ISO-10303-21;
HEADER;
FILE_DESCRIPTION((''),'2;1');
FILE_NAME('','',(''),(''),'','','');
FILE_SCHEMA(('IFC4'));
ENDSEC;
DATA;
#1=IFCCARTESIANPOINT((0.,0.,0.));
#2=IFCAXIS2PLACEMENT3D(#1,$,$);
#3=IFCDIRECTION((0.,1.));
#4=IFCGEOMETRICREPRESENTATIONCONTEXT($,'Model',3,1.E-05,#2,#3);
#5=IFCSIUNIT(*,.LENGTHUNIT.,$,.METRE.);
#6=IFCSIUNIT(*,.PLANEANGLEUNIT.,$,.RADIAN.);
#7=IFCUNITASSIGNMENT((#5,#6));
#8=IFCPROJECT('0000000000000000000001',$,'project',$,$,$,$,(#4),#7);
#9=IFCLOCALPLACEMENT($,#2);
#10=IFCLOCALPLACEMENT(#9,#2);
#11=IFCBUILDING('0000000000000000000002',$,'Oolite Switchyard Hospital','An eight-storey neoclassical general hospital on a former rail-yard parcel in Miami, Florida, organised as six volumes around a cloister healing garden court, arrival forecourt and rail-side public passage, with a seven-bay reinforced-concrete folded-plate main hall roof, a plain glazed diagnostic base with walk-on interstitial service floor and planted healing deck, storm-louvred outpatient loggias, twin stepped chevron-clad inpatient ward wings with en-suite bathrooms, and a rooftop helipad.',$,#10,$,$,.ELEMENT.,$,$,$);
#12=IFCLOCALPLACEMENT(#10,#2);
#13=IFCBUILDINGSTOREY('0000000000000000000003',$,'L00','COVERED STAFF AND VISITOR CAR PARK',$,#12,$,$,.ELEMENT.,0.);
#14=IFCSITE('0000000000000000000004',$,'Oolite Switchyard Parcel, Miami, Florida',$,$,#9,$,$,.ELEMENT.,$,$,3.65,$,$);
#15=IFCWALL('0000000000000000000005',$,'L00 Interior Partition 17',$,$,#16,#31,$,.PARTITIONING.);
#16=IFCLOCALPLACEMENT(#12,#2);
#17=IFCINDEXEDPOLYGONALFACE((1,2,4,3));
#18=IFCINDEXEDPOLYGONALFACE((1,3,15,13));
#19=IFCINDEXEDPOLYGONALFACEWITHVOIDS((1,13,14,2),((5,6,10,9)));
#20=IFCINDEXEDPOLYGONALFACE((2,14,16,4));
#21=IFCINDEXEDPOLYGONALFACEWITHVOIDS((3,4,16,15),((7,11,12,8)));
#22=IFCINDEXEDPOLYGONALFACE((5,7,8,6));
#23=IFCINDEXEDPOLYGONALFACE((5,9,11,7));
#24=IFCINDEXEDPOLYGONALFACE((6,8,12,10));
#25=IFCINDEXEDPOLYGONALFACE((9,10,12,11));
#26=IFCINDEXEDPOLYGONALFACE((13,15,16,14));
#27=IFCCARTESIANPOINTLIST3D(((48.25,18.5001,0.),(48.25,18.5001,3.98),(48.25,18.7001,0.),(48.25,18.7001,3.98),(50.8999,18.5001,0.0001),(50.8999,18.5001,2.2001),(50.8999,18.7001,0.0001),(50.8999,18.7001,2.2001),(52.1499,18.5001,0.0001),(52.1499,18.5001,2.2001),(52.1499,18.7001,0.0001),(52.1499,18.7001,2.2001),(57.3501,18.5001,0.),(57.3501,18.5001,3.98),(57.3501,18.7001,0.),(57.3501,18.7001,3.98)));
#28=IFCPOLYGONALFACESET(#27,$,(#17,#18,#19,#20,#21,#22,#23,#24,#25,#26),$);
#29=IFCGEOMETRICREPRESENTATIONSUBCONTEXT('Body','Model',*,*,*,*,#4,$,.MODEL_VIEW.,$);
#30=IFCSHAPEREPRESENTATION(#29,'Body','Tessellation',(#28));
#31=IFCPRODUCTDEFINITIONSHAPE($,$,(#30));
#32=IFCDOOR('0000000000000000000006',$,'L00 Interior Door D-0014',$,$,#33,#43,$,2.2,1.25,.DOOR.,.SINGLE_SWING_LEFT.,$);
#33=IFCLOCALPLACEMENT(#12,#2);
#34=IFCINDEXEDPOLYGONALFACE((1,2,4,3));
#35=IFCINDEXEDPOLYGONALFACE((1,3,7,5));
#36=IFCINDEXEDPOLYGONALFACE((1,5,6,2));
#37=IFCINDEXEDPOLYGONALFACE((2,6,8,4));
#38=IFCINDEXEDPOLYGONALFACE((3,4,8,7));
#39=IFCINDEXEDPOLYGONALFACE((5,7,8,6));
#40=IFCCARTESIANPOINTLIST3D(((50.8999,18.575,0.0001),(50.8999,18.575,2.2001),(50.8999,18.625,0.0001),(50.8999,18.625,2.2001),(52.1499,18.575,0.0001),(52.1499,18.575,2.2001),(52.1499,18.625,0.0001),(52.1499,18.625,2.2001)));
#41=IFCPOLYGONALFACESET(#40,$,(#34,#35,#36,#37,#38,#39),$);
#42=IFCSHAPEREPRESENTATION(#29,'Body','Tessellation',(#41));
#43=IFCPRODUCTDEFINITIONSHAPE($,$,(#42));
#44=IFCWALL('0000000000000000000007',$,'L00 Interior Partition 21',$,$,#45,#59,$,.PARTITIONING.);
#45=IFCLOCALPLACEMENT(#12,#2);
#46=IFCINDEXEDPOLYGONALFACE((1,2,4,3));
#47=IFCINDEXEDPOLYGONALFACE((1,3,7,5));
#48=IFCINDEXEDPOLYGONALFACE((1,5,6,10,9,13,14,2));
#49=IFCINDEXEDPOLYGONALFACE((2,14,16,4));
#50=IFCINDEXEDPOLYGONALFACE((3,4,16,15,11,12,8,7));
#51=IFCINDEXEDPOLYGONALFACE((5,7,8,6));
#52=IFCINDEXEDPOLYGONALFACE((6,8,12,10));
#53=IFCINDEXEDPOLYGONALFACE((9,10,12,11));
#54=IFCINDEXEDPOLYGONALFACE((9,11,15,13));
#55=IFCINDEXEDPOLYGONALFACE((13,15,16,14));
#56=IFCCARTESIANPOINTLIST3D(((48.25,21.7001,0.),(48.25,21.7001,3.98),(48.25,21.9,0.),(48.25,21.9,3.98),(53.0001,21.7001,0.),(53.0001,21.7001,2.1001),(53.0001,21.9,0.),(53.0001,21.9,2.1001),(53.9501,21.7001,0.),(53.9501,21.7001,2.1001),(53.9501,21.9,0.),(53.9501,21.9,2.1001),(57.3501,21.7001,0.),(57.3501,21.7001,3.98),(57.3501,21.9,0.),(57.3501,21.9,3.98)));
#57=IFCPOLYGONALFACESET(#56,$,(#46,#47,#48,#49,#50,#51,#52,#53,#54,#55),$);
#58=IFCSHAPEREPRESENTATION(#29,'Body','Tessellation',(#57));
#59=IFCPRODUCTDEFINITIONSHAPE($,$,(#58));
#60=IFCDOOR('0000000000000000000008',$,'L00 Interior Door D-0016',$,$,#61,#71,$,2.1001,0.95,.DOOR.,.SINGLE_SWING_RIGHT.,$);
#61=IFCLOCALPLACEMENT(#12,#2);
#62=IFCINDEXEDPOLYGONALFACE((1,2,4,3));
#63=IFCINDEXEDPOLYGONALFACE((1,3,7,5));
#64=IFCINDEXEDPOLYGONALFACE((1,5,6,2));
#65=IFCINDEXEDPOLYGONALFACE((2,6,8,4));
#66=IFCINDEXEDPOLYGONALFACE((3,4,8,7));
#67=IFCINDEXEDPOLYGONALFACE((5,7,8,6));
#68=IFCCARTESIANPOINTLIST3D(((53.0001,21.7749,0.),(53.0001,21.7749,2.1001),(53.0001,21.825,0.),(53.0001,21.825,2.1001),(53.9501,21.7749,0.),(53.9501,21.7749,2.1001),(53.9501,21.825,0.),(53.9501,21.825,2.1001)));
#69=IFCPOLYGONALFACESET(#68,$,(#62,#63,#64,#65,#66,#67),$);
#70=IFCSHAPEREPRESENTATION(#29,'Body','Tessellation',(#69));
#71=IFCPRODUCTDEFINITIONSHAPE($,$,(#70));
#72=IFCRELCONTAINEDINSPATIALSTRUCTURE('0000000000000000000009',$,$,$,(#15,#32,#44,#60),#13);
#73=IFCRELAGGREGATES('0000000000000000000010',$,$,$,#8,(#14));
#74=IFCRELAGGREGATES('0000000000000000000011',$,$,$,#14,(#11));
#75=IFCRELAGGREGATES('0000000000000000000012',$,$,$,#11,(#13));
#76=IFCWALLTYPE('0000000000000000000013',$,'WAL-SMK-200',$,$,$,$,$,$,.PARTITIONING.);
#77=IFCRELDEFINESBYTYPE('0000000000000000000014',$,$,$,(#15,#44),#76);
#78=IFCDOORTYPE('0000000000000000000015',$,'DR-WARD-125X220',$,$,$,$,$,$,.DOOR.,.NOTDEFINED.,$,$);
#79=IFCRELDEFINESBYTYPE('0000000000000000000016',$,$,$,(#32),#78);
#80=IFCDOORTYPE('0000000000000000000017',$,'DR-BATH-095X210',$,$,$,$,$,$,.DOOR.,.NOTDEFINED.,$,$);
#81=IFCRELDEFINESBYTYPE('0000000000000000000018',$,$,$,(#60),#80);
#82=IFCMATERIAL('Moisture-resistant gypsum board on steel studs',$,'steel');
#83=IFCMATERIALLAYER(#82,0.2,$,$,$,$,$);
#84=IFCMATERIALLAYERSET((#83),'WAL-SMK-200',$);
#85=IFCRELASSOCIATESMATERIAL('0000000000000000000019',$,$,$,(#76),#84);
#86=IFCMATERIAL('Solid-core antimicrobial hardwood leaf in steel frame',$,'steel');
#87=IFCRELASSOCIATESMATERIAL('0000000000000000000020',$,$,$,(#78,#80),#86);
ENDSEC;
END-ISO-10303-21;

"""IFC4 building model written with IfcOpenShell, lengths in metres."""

from ifc_helpers import new_model, si_unit, direction, frame, frame_2d, origin, place, context, subcontext, project, spatial, rectangle, extrude, material, layer, layer_set, type_object, element, fill, save


model = new_model("IFC4")

# Units and contexts
model_context = context("Model", 3, precision=1e-05, world=origin(), true_north=direction((0.0, 1.0)))
body_context = subcontext(model_context, "Body", "Model", "MODEL_VIEW")
ifc_project = project(units=[si_unit("LENGTHUNIT", "METRE"), si_unit("PLANEANGLEUNIT", "RADIAN")], contexts=[model_context])

# Site, building, storey
site_placement = place(None, origin())
site = spatial("IfcSite", under=ifc_project, at=site_placement, Name="Oolite Switchyard Parcel, Miami, Florida", CompositionType="ELEMENT", RefElevation=3.65)
building_placement = place(site_placement, origin())
building = spatial("IfcBuilding", under=site, at=building_placement, Name="Oolite Switchyard Hospital", Description="An eight-storey neoclassical general hospital on a former rail-yard parcel in Miami, Florida, organised as six volumes around a cloister healing garden court, arrival forecourt and rail-side public passage, with a seven-bay reinforced-concrete folded-plate main hall roof, a plain glazed diagnostic base with walk-on interstitial service floor and planted healing deck, storm-louvred outpatient loggias, twin stepped chevron-clad inpatient ward wings with en-suite bathrooms, and a rooftop helipad.", CompositionType="ELEMENT")
storey_placement = place(building_placement, origin())
storey = spatial("IfcBuildingStorey", under=building, at=storey_placement, Name="L00", Description="COVERED STAFF AND VISITOR CAR PARK", CompositionType="ELEMENT", Elevation=0.0)

# Walls, openings, doors
ifc_material_1 = material(Name="Moisture-resistant gypsum board on steel studs", Category="steel")
ifc_layer_1 = layer(ifc_material_1, 0.2)
ifc_layer_set_1 = layer_set([ifc_layer_1], Name="WAL-SMK-200")
wall_type_1 = type_object("IfcWallType", Name="WAL-SMK-200", PredefinedType="PARTITIONING", material=ifc_layer_set_1)
wall_1_placement = place(storey_placement, frame((48.25, 18.6001, 0.0), z_axis=(0.0, 0.0, 1.0), x_axis=(1.0, 0.0, 0.0)))
wall_1 = element("IfcWall", 1, at=wall_1_placement, inside=storey, type_object=wall_type_1, Name="L00 Interior Partition 17", PredefinedType="PARTITIONING", context=body_context, shape_type="SweptSolid", body=[
    extrude(rectangle(XDim=9.1001, YDim=0.2, at=frame_2d((4.55, 0.0))), origin(), (0.0, 0.0, 1.0), 3.98),
])
opening_1_placement = place(wall_1_placement, frame((2.6499, 0.0, 0.0)))
opening_1 = element("IfcOpeningElement", 2, at=opening_1_placement, cuts=wall_1, PredefinedType="OPENING", context=body_context, shape_type="SweptSolid", body=[
    extrude(rectangle(XDim=1.25, YDim=2.2, at=frame_2d((0.625, 1.1001))), frame((0.0, 0.1099, 0.0), z_axis=(0.0, -1.0, 0.0), x_axis=(1.0, 0.0, 0.0)), (0.0, 0.0, 1.0), 0.22),
])
ifc_material_2 = material(Name="Solid-core antimicrobial hardwood leaf in steel frame", Category="steel")
door_type_1 = type_object("IfcDoorType", Name="DR-WARD-125X220", OperationType="NOTDEFINED", PredefinedType="DOOR", material=ifc_material_2)
door_1_placement = place(opening_1_placement, origin())
door_1 = element("IfcDoor", 3, at=door_1_placement, inside=storey, type_object=door_type_1, Name="L00 Interior Door D-0014", OperationType="SINGLE_SWING_LEFT", OverallHeight=2.2, OverallWidth=1.25, PredefinedType="DOOR", context=body_context, shape_type="SweptSolid", body=[
    extrude(rectangle(XDim=1.25, YDim=2.2, at=frame_2d((0.625, 1.1001))), frame((0.0, 0.0249, 0.0), z_axis=(0.0, -1.0, 0.0), x_axis=(1.0, 0.0, 0.0)), (0.0, 0.0, 1.0), 0.05),
])
fill(opening_1, door_1)
wall_2_placement = place(storey_placement, frame((48.25, 21.8, 0.0), z_axis=(0.0, 0.0, 1.0), x_axis=(1.0, 0.0, 0.0)))
wall_2 = element("IfcWall", 4, at=wall_2_placement, inside=storey, type_object=wall_type_1, Name="L00 Interior Partition 21", PredefinedType="PARTITIONING", context=body_context, shape_type="SweptSolid", body=[
    extrude(rectangle(XDim=9.1001, YDim=0.2, at=frame_2d((4.55, 0.0))), origin(), (0.0, 0.0, 1.0), 3.98),
])
opening_2_placement = place(wall_2_placement, frame((4.75, 0.0, 0.0)))
opening_2 = element("IfcOpeningElement", 5, at=opening_2_placement, cuts=wall_2, PredefinedType="OPENING", context=body_context, shape_type="SweptSolid", body=[
    extrude(rectangle(XDim=0.95, YDim=2.1001, at=frame_2d((0.4751, 1.05))), frame((0.0, 0.1099, 0.0), z_axis=(0.0, -1.0, 0.0), x_axis=(1.0, 0.0, 0.0)), (0.0, 0.0, 1.0), 0.22),
])
door_type_2 = type_object("IfcDoorType", Name="DR-BATH-095X210", OperationType="NOTDEFINED", PredefinedType="DOOR", material=ifc_material_2)
door_2_placement = place(opening_2_placement, origin())
door_2 = element("IfcDoor", 6, at=door_2_placement, inside=storey, type_object=door_type_2, Name="L00 Interior Door D-0016", OperationType="SINGLE_SWING_RIGHT", OverallHeight=2.1001, OverallWidth=0.95, PredefinedType="DOOR", context=body_context, shape_type="SweptSolid", body=[
    extrude(rectangle(XDim=0.95, YDim=2.1001, at=frame_2d((0.4751, 1.05))), frame((0.0, 0.0249, 0.0), z_axis=(0.0, -1.0, 0.0), x_axis=(1.0, 0.0, 0.0)), (0.0, 0.0, 1.0), 0.05),
])
fill(opening_2, door_2)

save(model, "model.ifc")
